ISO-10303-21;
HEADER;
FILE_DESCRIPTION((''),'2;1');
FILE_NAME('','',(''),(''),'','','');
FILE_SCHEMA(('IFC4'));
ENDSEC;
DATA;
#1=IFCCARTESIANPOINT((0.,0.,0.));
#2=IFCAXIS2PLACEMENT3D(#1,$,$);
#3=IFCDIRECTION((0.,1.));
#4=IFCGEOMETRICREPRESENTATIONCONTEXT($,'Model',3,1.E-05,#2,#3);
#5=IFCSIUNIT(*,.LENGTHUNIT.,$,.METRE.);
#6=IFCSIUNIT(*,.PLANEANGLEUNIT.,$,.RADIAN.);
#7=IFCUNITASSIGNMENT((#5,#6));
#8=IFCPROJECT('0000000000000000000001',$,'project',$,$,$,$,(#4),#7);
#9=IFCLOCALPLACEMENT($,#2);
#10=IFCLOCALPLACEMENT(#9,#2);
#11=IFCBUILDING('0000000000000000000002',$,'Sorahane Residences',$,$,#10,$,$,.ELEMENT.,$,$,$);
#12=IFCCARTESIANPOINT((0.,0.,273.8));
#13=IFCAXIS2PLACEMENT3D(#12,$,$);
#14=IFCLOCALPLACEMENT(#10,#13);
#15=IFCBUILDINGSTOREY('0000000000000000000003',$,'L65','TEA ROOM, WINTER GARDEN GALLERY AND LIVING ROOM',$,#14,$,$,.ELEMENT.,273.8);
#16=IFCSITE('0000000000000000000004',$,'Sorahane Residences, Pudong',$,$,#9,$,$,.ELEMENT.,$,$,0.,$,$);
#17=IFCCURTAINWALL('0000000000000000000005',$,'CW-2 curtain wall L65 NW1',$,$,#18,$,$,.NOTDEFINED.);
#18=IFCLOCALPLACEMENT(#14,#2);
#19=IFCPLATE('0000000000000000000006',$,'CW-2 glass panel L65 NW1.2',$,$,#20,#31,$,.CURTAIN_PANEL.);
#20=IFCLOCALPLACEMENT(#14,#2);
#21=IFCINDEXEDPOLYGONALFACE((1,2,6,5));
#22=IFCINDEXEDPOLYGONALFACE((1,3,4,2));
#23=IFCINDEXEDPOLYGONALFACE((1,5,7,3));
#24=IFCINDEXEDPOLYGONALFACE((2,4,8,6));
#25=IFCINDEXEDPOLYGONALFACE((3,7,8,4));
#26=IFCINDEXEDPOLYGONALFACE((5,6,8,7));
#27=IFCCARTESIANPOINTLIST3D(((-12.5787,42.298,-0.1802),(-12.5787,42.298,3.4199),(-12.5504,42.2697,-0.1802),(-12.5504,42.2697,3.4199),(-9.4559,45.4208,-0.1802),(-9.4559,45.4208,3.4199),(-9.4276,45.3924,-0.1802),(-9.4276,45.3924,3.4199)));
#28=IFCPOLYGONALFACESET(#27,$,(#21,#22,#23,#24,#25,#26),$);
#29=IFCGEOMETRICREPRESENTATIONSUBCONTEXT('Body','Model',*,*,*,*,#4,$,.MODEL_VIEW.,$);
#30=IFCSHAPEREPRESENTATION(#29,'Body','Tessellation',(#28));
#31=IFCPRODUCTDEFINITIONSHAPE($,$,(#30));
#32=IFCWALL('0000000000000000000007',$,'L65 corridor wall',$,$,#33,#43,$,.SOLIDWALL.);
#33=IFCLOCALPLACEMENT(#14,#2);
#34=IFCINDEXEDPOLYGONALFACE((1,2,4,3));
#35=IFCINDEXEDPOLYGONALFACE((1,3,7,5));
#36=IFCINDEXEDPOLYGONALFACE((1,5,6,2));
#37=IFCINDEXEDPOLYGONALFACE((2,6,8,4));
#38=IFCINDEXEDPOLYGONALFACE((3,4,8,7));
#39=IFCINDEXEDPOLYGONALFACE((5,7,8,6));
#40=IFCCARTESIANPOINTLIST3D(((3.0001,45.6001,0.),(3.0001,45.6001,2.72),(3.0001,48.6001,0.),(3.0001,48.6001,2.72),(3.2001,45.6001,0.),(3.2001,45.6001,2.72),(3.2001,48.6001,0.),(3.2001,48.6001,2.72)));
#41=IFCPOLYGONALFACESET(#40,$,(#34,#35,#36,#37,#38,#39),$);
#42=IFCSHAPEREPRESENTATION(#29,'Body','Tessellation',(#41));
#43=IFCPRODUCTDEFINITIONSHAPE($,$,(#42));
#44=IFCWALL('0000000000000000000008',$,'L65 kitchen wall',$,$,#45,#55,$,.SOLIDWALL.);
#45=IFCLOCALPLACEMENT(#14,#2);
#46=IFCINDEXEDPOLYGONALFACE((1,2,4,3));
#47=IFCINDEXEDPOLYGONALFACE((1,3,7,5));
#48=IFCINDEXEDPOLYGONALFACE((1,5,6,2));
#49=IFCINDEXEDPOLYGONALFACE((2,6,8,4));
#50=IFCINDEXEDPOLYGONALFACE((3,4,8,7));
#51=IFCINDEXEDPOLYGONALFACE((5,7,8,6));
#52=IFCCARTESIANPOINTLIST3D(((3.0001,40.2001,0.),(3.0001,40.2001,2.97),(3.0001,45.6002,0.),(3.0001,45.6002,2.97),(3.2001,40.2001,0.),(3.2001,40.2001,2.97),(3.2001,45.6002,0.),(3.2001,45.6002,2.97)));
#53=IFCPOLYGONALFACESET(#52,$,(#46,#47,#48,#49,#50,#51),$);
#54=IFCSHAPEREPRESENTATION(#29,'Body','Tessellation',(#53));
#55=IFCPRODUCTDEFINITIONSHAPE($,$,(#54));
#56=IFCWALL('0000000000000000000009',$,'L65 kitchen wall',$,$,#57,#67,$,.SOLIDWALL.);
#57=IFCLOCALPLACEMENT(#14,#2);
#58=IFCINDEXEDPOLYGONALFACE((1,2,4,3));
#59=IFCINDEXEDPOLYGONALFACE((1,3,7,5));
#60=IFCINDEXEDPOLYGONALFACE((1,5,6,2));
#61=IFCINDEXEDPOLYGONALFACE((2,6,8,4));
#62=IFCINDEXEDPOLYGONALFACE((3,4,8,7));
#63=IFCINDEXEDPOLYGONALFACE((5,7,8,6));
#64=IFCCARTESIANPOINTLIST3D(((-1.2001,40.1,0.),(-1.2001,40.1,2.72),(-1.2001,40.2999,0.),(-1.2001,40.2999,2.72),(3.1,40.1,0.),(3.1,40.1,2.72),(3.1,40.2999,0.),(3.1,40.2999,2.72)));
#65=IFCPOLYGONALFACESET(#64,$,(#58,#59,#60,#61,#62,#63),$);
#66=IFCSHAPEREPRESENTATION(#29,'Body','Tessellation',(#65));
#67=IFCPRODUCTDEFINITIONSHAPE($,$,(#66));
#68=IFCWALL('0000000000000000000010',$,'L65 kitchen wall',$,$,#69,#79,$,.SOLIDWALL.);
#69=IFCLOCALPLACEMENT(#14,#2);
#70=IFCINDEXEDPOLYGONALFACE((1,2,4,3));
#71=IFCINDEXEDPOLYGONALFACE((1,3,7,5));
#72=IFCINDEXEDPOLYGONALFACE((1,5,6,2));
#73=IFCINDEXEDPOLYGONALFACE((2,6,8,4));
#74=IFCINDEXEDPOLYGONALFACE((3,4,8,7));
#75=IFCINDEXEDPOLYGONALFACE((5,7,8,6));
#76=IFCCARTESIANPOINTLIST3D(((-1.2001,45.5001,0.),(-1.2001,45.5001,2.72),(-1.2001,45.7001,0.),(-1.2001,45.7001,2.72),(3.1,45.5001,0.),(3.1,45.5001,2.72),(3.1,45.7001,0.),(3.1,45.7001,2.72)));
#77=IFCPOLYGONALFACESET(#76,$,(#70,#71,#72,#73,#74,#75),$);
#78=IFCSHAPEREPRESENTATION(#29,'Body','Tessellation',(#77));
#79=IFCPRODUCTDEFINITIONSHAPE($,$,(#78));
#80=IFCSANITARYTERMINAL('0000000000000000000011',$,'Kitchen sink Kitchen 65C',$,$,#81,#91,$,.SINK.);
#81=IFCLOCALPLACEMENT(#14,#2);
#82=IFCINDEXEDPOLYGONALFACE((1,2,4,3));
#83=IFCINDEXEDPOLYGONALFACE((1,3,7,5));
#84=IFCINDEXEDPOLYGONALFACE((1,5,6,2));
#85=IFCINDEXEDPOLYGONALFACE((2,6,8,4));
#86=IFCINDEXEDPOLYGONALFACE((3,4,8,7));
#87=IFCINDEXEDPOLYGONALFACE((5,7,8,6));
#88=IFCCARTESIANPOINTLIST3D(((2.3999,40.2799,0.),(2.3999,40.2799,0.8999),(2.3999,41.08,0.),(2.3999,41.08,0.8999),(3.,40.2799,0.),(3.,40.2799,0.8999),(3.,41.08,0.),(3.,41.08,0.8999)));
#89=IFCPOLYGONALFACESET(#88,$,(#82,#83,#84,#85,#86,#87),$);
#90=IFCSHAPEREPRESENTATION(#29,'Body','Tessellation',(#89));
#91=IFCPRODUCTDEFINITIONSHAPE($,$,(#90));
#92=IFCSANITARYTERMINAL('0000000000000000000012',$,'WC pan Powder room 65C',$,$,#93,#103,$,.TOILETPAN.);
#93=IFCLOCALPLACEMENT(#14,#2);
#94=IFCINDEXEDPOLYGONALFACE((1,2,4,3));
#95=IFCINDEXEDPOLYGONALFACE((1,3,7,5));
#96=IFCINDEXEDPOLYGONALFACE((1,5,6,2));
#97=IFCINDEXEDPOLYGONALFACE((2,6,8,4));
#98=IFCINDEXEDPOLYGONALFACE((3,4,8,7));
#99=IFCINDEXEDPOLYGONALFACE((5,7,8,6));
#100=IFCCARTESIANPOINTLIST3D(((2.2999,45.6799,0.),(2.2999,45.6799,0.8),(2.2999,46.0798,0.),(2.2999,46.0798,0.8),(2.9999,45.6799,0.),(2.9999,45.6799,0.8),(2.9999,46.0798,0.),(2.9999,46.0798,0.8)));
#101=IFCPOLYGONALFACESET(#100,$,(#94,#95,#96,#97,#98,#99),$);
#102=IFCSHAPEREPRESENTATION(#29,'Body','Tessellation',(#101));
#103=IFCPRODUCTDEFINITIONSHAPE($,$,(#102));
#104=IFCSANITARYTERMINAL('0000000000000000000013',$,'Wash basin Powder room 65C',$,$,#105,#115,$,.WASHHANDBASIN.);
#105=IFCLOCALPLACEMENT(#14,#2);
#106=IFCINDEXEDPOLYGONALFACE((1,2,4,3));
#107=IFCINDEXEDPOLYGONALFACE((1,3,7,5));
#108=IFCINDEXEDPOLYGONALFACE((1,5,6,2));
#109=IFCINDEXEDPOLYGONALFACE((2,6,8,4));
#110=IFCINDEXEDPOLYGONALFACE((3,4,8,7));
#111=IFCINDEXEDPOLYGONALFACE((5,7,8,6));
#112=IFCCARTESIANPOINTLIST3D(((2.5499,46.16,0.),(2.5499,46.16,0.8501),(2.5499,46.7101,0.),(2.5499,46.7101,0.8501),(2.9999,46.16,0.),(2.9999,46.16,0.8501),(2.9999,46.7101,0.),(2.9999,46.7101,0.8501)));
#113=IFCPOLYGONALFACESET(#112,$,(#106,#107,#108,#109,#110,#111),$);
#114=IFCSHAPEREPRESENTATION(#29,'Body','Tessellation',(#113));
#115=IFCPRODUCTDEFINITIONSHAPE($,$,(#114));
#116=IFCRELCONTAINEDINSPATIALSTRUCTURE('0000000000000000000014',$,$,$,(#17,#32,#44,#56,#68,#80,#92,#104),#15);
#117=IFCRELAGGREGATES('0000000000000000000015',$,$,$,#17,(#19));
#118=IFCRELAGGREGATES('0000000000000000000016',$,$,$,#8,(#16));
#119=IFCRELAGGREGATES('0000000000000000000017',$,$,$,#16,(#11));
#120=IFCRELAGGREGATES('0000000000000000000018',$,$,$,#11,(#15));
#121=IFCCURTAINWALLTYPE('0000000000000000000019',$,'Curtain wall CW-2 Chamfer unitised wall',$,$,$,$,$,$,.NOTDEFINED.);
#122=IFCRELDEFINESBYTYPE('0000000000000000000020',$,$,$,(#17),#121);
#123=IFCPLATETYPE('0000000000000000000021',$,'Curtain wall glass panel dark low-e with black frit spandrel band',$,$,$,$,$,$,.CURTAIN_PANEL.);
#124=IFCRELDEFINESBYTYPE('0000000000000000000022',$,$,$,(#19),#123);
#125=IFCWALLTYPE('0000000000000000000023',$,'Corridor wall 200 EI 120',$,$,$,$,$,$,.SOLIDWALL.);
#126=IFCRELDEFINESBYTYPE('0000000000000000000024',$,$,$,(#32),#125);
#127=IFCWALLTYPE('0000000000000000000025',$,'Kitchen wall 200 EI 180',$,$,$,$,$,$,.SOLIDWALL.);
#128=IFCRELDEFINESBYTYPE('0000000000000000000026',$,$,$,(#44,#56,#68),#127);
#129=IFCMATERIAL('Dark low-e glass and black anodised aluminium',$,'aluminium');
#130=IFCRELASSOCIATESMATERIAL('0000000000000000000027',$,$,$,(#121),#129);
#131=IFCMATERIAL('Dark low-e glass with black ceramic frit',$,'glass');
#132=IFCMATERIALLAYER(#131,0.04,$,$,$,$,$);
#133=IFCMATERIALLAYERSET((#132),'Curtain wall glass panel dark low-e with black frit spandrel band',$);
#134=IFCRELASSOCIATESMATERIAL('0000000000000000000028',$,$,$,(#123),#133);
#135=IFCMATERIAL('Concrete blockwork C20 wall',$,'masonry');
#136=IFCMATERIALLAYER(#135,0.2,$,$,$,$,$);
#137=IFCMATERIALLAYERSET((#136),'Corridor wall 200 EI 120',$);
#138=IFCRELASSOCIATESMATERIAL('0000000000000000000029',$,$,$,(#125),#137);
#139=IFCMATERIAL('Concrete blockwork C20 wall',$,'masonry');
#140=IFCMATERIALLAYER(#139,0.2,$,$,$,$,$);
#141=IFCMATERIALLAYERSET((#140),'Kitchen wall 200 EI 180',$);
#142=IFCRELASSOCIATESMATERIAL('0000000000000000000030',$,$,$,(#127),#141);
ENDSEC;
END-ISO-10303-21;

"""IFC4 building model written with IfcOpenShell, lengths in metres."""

from ifc_helpers import new_model, si_unit, direction, frame, frame_2d, origin, origin_2d, place, context, subcontext, project, spatial, rectangle, extrude, material, layer, layer_set, type_object, element, aggregate, save


model = new_model("IFC4")

# Units and contexts
model_context = context("Model", 3, precision=1e-05, world=origin(), true_north=direction((0.0, 1.0)))
body_context = subcontext(model_context, "Body", "Model", "MODEL_VIEW")
ifc_project = project(units=[si_unit("LENGTHUNIT", "METRE"), si_unit("PLANEANGLEUNIT", "RADIAN")], contexts=[model_context])

# Site, building, storey
site_placement = place(None, origin())
site = spatial("IfcSite", under=ifc_project, at=site_placement, Name="Sorahane Residences, Pudong", CompositionType="ELEMENT", RefElevation=0.0)
building_placement = place(site_placement, origin())
building = spatial("IfcBuilding", under=site, at=building_placement, Name="Sorahane Residences", CompositionType="ELEMENT")
storey_placement = place(building_placement, frame((0.0, 0.0, 273.8)))
storey = spatial("IfcBuildingStorey", under=building, at=storey_placement, Name="L65", Description="TEA ROOM, WINTER GARDEN GALLERY AND LIVING ROOM", CompositionType="ELEMENT", Elevation=273.8)

# Curtain wall
ifc_material_1 = material(Name="Dark low-e glass and black anodised aluminium", Category="aluminium")
curtain_wall_type_1 = type_object("IfcCurtainWallType", Name="Curtain wall CW-2 Chamfer unitised wall", PredefinedType="NOTDEFINED", material=ifc_material_1)
curtain_wall_1_placement = place(storey_placement, origin())
curtain_wall_1 = element("IfcCurtainWall", 1, at=curtain_wall_1_placement, inside=storey, type_object=curtain_wall_type_1, Name="CW-2 curtain wall L65 NW1", PredefinedType="NOTDEFINED")

# Plate
ifc_material_2 = material(Name="Dark low-e glass with black ceramic frit", Category="glass")
ifc_layer_1 = layer(ifc_material_2, 0.04)
ifc_layer_set_1 = layer_set([ifc_layer_1], Name="Curtain wall glass panel dark low-e with black frit spandrel band")
plate_type = type_object("IfcPlateType", Name="Curtain wall glass panel dark low-e with black frit spandrel band", PredefinedType="CURTAIN_PANEL", material=ifc_layer_set_1)
plate_1_placement = place(storey_placement, frame((-11.0032, 43.8452, -0.1802), z_axis=(0.0, 0.0, 1.0), x_axis=(-0.707107, -0.707107, 0.0)))
plate_1 = element("IfcPlate", 2, at=plate_1_placement, type_object=plate_type, Name="CW-2 glass panel L65 NW1.2", PredefinedType="CURTAIN_PANEL", context=body_context, shape_type="SweptSolid", body=[
    extrude(rectangle(XDim=4.4163, YDim=0.04, at=origin_2d()), origin(), (0.0, 0.0, 1.0), 3.6001),
])
aggregate(curtain_wall_1, [plate_1])

# Wall
ifc_material_3 = material(Name="Concrete blockwork C20 wall", Category="masonry")
ifc_layer_2 = layer(ifc_material_3, 0.2)
ifc_layer_set_2 = layer_set([ifc_layer_2], Name="Corridor wall 200 EI 120")
wall_type_1 = type_object("IfcWallType", Name="Corridor wall 200 EI 120", PredefinedType="SOLIDWALL", material=ifc_layer_set_2)
wall_1_placement = place(storey_placement, frame((3.1001, 45.6001, 0.0), z_axis=(0.0, 0.0, 1.0), x_axis=(0.0, 1.0, 0.0)))
element("IfcWall", 3, at=wall_1_placement, inside=storey, type_object=wall_type_1, Name="L65 corridor wall", PredefinedType="SOLIDWALL", context=body_context, shape_type="SweptSolid", body=[
    extrude(rectangle(XDim=3.0, YDim=0.2, at=frame_2d((1.5, 0.0))), origin(), (0.0, 0.0, 1.0), 2.72),
])

# Shared definitions
ifc_material_4 = material(Name="Concrete blockwork C20 wall", Category="masonry")
ifc_layer_3 = layer(ifc_material_4, 0.2)
ifc_layer_set_3 = layer_set([ifc_layer_3], Name="Kitchen wall 200 EI 180")
wall_type_2 = type_object("IfcWallType", Name="Kitchen wall 200 EI 180", PredefinedType="SOLIDWALL", material=ifc_layer_set_3)

# Walls
wall_2_placement = place(storey_placement, frame((3.1001, 40.2, 0.0), z_axis=(0.0, 0.0, 1.0), x_axis=(0.0, 1.0, 0.0)))
element("IfcWall", 4, at=wall_2_placement, inside=storey, type_object=wall_type_2, Name="L65 kitchen wall", PredefinedType="SOLIDWALL", context=body_context, shape_type="SweptSolid", body=[
    extrude(rectangle(XDim=5.4001, YDim=0.2, at=frame_2d((2.7002, 0.0))), origin(), (0.0, 0.0, 1.0), 2.97),
])
for number, where, z_axis, x_axis, name in (
    (5, (-1.2, 40.2, 0.0), (0.0, 0.0, 1.0), (1.0, 0.0, 0.0), "L65 kitchen wall"),
    (6, (-1.2, 45.6001, 0.0), (0.0, 0.0, 1.0), (1.0, 0.0, 0.0), "L65 kitchen wall"),
):
    element("IfcWall", number, at=place(storey_placement, frame(where, z_axis=z_axis, x_axis=x_axis)), inside=storey, type_object=wall_type_2, Name=name, PredefinedType="SOLIDWALL", context=body_context, shape_type="SweptSolid", body=[
        extrude(rectangle(XDim=4.3, YDim=0.2, at=frame_2d((2.1499, 0.0))), origin(), (0.0, 0.0, 1.0), 2.72),
    ])

# Sanitary terminals
sanitary_terminal_1_placement = place(storey_placement, frame((2.7, 40.6799, 0.0), z_axis=(0.0, 0.0, 1.0), x_axis=(0.0, -1.0, 0.0)))
element("IfcSanitaryTerminal", 7, at=sanitary_terminal_1_placement, inside=storey, Name="Kitchen sink Kitchen 65C", PredefinedType="SINK", context=body_context, shape_type="SweptSolid", body=[
    extrude(rectangle(XDim=0.8, YDim=0.6001, at=origin_2d()), origin(), (0.0, 0.0, 1.0), 0.8999),
])
sanitary_terminal_2_placement = place(storey_placement, frame((2.6499, 45.8799, 0.0), z_axis=(0.0, 0.0, 1.0), x_axis=(0.0, -1.0, 0.0)))
element("IfcSanitaryTerminal", 8, at=sanitary_terminal_2_placement, inside=storey, Name="WC pan Powder room 65C", PredefinedType="TOILETPAN", context=body_context, shape_type="SweptSolid", body=[
    extrude(rectangle(XDim=0.3999, YDim=0.7, at=origin_2d()), origin(), (0.0, 0.0, 1.0), 0.8),
])
sanitary_terminal_3_placement = place(storey_placement, frame((2.7749, 46.4351, 0.0), z_axis=(0.0, 0.0, 1.0), x_axis=(0.0, -1.0, 0.0)))
element("IfcSanitaryTerminal", 9, at=sanitary_terminal_3_placement, inside=storey, Name="Wash basin Powder room 65C", PredefinedType="WASHHANDBASIN", context=body_context, shape_type="SweptSolid", body=[
    extrude(rectangle(XDim=0.55, YDim=0.45, at=origin_2d()), origin(), (0.0, 0.0, 1.0), 0.8501),
])

save(model, "model.ifc")
